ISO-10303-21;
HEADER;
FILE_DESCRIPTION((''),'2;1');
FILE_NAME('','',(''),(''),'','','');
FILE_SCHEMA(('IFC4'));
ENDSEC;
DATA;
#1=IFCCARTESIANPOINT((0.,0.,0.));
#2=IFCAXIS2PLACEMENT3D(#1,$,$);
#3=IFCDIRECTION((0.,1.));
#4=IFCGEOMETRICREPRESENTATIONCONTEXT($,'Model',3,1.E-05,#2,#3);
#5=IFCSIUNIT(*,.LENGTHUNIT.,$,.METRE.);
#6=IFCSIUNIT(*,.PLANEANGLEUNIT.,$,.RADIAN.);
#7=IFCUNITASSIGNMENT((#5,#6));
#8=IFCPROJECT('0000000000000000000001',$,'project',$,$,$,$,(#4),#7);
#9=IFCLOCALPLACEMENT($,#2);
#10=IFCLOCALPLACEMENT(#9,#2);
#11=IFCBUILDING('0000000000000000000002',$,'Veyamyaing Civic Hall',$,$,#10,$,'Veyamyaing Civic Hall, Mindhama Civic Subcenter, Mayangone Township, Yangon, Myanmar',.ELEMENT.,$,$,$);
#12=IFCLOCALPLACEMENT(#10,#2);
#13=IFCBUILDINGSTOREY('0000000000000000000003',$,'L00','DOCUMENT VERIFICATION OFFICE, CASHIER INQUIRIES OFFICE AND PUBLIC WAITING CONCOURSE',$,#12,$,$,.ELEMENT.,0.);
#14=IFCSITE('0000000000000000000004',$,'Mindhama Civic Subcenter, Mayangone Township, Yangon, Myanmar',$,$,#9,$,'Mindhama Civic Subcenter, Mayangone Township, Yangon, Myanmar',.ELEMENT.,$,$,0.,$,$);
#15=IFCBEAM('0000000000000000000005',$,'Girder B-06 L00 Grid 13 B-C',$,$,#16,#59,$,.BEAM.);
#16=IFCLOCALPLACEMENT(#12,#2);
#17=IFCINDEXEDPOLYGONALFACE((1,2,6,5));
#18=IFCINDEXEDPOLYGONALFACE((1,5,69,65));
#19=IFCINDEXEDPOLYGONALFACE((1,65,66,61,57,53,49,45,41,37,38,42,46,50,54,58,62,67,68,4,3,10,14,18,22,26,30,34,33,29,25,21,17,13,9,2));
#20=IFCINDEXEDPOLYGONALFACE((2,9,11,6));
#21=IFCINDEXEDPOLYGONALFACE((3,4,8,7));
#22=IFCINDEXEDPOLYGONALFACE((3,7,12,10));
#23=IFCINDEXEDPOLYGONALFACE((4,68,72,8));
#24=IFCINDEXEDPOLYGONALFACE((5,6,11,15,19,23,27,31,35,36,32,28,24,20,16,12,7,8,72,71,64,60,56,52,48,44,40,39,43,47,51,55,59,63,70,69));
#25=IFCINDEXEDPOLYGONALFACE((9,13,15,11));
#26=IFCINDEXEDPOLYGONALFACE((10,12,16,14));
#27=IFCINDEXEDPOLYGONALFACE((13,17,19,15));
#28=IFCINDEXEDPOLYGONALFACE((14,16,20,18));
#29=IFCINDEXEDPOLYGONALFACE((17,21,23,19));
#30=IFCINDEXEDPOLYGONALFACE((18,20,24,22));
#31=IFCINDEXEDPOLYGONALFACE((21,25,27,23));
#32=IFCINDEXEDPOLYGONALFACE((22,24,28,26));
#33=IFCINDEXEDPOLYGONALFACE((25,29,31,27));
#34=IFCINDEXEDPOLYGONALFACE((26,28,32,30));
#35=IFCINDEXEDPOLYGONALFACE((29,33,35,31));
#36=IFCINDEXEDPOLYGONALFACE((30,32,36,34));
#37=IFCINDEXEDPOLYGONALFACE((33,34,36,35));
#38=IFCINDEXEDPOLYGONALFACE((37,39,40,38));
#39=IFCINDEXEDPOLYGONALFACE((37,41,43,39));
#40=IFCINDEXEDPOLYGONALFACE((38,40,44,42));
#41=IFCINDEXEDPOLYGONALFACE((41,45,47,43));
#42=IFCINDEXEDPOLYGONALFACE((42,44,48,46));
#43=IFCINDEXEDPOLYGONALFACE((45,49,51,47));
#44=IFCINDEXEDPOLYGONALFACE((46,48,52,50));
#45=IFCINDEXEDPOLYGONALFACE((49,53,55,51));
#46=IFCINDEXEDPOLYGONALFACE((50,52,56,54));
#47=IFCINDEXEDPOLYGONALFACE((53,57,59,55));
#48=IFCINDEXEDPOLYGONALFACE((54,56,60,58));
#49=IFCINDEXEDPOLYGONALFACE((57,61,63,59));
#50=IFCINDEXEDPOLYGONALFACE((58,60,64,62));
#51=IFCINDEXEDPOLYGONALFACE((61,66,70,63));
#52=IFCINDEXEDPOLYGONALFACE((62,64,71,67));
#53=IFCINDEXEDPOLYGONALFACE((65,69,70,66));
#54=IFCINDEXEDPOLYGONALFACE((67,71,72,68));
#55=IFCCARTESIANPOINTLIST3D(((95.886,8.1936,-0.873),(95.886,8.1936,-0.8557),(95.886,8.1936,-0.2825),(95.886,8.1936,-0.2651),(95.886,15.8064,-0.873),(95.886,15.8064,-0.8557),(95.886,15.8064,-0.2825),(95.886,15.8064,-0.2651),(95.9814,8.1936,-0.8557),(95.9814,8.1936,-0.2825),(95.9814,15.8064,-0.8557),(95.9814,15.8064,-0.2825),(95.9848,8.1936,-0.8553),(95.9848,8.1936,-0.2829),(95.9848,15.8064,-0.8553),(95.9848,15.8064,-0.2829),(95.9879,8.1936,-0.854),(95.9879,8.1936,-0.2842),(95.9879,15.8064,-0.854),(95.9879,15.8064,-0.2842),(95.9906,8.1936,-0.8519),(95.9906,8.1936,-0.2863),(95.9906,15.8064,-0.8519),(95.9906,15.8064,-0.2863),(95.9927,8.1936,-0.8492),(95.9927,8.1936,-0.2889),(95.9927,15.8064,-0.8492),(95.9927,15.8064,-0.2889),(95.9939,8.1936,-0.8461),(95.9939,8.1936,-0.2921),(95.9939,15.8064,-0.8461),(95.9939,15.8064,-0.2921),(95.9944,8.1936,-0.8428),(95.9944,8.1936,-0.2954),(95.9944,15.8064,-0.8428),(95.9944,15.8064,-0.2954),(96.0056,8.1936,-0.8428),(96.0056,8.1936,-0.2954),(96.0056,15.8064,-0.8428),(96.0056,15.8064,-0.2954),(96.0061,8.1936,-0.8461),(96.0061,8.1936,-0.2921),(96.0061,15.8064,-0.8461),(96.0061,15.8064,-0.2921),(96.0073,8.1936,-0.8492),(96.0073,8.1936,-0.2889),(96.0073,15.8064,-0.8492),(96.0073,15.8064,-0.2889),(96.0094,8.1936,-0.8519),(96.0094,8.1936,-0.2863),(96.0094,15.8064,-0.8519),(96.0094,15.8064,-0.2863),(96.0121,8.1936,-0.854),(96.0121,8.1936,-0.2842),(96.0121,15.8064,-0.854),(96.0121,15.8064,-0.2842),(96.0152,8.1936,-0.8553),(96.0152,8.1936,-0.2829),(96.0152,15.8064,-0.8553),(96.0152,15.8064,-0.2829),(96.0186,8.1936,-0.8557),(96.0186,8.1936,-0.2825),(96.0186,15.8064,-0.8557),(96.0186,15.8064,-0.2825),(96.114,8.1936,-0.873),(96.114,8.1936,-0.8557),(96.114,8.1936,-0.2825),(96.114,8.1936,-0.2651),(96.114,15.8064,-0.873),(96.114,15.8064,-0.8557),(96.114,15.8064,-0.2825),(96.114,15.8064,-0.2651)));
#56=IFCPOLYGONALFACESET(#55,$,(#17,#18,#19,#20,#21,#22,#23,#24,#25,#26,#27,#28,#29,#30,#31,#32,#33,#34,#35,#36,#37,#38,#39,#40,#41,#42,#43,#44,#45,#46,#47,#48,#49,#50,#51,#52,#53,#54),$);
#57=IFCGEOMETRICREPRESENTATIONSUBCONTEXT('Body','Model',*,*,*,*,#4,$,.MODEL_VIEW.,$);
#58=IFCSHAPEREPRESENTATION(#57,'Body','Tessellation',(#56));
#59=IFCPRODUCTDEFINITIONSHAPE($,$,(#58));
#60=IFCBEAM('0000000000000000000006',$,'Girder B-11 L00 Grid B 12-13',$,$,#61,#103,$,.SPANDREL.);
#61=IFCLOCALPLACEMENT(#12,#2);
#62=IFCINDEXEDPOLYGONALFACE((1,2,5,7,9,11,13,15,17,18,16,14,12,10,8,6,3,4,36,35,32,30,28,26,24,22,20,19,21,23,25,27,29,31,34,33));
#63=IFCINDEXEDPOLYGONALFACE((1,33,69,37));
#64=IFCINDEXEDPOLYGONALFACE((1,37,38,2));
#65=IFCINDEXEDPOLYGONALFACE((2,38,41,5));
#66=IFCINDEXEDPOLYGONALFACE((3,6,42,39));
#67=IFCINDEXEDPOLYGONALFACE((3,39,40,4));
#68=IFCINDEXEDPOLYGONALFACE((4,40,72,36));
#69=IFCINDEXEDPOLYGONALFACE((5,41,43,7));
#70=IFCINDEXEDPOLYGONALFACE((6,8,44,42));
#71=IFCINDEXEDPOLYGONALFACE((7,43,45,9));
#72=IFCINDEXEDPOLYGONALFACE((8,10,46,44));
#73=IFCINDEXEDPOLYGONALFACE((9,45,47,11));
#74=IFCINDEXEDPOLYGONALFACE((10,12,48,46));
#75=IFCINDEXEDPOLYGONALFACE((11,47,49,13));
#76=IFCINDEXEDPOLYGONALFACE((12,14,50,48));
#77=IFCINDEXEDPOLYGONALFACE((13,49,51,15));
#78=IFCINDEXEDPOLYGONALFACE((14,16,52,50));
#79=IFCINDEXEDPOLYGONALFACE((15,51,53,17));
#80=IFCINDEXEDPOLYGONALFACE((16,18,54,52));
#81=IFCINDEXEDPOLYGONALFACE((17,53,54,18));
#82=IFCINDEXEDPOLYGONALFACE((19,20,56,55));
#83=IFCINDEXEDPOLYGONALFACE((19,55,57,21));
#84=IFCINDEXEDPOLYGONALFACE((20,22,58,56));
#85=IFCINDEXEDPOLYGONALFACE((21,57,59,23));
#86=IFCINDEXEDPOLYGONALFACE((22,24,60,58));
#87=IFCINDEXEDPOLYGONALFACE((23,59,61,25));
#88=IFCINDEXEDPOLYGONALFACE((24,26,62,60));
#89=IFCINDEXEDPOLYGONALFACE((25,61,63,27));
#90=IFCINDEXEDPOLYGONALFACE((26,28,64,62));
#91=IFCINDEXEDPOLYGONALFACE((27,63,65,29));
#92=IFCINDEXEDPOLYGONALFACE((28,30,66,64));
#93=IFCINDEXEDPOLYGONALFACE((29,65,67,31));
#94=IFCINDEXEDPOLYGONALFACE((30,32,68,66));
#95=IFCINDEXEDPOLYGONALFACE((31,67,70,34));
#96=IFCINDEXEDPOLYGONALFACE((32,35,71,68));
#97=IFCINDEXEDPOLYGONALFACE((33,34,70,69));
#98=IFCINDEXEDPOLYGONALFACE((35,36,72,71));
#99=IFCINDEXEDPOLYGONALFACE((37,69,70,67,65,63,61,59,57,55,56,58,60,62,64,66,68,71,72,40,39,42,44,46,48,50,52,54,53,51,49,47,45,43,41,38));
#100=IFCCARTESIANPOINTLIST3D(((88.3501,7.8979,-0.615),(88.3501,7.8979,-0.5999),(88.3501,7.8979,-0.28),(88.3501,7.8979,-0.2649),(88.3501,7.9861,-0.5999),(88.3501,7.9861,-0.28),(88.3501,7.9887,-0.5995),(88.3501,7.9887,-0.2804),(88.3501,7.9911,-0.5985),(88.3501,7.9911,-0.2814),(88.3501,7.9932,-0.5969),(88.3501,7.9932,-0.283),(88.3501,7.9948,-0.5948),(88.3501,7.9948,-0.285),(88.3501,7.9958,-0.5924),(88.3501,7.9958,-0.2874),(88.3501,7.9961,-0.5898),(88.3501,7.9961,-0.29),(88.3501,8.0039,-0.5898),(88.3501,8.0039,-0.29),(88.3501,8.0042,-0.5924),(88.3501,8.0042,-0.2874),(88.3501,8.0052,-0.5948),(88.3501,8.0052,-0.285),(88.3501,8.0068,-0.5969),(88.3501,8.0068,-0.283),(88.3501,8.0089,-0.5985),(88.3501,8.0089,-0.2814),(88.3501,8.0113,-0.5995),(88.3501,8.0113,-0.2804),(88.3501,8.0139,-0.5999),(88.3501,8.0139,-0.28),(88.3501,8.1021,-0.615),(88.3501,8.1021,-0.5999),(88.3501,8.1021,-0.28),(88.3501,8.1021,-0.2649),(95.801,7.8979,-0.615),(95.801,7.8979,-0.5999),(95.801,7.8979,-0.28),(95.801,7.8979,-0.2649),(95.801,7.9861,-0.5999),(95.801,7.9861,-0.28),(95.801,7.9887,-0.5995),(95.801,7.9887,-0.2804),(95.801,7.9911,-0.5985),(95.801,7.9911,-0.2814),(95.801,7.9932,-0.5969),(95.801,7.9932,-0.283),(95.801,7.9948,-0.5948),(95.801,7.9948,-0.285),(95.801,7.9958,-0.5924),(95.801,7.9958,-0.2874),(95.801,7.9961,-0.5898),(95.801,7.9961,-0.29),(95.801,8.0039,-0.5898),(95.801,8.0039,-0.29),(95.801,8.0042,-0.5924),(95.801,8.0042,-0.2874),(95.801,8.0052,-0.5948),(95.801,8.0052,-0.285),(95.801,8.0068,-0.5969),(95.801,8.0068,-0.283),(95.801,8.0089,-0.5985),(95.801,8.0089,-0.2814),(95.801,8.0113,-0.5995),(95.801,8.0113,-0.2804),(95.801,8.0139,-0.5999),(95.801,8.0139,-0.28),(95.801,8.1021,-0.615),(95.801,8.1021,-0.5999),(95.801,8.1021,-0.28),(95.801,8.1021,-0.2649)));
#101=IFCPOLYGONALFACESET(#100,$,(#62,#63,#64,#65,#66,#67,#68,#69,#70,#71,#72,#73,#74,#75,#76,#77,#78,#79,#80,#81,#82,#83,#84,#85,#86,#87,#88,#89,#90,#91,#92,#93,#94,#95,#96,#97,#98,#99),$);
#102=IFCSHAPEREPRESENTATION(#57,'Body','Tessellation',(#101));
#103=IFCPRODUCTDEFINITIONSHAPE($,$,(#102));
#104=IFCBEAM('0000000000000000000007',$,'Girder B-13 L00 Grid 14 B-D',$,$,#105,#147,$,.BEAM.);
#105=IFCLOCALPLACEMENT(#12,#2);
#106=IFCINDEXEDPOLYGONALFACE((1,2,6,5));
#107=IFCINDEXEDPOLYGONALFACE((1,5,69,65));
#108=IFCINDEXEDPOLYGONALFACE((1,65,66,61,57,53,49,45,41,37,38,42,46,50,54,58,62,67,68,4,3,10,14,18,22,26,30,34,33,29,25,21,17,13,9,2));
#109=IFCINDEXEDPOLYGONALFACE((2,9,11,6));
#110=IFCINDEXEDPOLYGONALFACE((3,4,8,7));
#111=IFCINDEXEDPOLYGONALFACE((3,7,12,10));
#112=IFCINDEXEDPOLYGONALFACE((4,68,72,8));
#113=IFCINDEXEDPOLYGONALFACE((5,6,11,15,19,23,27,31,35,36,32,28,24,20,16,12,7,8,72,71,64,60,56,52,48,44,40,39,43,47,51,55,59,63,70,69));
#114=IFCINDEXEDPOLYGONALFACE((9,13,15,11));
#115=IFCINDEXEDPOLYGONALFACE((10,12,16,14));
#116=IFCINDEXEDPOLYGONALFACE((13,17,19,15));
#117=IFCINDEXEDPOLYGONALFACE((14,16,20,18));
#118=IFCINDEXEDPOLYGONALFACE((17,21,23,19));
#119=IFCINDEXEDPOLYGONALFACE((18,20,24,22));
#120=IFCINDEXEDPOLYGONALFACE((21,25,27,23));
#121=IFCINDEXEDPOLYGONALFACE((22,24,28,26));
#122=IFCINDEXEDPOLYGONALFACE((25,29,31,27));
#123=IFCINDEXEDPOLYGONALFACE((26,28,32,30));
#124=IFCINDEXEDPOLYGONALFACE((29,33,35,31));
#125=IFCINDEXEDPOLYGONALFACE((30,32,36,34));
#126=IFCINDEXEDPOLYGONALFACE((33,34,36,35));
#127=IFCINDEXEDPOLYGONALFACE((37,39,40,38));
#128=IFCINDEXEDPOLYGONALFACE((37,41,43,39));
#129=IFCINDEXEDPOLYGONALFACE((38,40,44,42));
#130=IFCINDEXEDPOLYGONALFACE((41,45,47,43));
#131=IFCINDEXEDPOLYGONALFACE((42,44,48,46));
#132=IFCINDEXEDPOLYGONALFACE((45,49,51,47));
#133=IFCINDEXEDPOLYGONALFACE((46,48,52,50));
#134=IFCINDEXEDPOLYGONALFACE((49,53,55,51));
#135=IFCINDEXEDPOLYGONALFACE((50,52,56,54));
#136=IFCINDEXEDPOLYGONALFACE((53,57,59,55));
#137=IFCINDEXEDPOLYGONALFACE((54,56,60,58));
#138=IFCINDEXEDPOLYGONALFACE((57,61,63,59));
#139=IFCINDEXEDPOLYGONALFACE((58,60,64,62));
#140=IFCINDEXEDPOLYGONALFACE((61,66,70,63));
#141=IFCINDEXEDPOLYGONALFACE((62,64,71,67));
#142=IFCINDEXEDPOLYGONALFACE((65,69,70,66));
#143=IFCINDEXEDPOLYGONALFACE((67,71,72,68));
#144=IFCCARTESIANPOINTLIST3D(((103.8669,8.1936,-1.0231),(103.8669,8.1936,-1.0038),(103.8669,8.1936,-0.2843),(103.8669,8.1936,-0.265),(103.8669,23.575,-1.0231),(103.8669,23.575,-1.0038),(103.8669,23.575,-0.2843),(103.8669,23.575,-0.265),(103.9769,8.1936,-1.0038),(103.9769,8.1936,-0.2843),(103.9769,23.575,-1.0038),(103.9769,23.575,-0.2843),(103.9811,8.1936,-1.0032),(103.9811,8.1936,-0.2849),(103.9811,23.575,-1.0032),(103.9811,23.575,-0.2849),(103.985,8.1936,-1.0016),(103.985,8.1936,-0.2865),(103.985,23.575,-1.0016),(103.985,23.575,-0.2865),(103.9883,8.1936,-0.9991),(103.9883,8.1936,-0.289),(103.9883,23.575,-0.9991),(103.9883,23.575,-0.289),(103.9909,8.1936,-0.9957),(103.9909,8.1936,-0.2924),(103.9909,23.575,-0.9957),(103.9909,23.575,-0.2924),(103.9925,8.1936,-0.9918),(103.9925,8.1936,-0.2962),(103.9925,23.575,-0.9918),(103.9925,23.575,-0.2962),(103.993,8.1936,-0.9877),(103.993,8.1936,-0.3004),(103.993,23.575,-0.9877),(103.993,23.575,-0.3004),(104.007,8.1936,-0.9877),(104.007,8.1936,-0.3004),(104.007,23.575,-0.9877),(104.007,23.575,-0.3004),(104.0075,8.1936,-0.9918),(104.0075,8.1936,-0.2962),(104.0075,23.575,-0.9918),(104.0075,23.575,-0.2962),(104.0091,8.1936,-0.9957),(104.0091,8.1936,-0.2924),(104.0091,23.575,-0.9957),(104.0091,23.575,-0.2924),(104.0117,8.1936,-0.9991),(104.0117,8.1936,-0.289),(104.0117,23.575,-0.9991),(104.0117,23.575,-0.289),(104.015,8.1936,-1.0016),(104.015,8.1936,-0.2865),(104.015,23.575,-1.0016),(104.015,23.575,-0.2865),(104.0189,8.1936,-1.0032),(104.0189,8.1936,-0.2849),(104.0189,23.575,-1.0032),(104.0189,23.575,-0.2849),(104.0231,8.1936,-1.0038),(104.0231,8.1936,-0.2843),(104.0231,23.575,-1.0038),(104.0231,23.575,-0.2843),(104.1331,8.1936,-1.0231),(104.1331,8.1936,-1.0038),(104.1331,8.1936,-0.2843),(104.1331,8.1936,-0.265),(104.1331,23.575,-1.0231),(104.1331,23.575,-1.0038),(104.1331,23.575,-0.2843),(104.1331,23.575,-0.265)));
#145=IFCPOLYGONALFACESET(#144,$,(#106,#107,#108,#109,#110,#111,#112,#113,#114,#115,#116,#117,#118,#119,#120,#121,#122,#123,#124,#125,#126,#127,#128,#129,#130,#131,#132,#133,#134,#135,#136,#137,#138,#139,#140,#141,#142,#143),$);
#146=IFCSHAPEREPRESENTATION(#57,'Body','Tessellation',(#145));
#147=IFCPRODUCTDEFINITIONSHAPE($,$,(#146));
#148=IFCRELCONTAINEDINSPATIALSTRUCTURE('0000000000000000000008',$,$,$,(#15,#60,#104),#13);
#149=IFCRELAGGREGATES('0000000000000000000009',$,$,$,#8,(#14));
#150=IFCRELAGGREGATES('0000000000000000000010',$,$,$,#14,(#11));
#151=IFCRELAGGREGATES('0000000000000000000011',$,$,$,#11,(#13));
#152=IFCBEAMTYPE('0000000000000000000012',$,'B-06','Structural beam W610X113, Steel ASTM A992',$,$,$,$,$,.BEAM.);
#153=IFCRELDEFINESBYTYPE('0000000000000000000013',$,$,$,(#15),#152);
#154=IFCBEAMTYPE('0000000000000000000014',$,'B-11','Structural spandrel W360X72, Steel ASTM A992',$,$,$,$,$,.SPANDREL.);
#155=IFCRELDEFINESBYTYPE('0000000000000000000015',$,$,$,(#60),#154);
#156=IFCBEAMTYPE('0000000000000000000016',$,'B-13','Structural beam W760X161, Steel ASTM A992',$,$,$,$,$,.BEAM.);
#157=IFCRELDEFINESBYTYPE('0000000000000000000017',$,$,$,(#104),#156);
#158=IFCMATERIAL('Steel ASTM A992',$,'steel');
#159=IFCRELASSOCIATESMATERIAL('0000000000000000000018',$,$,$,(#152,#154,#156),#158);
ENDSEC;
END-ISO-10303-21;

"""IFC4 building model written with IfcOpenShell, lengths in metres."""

from ifc_helpers import new_model, si_unit, direction, frame, origin, origin_2d, place, context, subcontext, project, spatial, i_section, extrude, material, material_profile, profile_set, type_object, element, save


model = new_model("IFC4")

# Units and contexts
model_context = context("Model", 3, precision=1e-05, world=origin(), true_north=direction((0.0, 1.0)))
body_context = subcontext(model_context, "Body", "Model", "MODEL_VIEW")
ifc_project = project(units=[si_unit("LENGTHUNIT", "METRE"), si_unit("PLANEANGLEUNIT", "RADIAN")], contexts=[model_context])

# Site, building, storey
site_placement = place(None, origin())
site = spatial("IfcSite", under=ifc_project, at=site_placement, Name="Mindhama Civic Subcenter, Mayangone Township, Yangon, Myanmar", LongName="Mindhama Civic Subcenter, Mayangone Township, Yangon, Myanmar", CompositionType="ELEMENT", RefElevation=0.0)
building_placement = place(site_placement, origin())
building = spatial("IfcBuilding", under=site, at=building_placement, Name="Veyamyaing Civic Hall", LongName="Veyamyaing Civic Hall, Mindhama Civic Subcenter, Mayangone Township, Yangon, Myanmar", CompositionType="ELEMENT")
storey_placement = place(building_placement, origin())
storey = spatial("IfcBuildingStorey", under=building, at=storey_placement, Name="L00", Description="DOCUMENT VERIFICATION OFFICE, CASHIER INQUIRIES OFFICE AND PUBLIC WAITING CONCOURSE", CompositionType="ELEMENT", Elevation=0.0)

# Beams
ifc_material_1 = material(Name="Steel ASTM A992", Category="steel")
ifc_material_profile_1 = material_profile(ifc_material_1, i_section(OverallWidth=0.228, OverallDepth=0.6079, WebThickness=0.0112, FlangeThickness=0.0173, FilletRadius=0.0129, at=origin_2d()), Name="W610X113")
ifc_profile_set_1 = profile_set([ifc_material_profile_1], Name="Steel ASTM A992")
beam_type_1 = type_object("IfcBeamType", Name="B-06", Description="Structural beam W610X113, Steel ASTM A992", PredefinedType="BEAM", material=ifc_profile_set_1)
beam_1_placement = place(storey_placement, frame((96.0, 8.1936, -0.5691), z_axis=(0.0, 1.0, 0.0), x_axis=(-1.0, 0.0, 0.0)))
element("IfcBeam", 1, at=beam_1_placement, inside=storey, type_object=beam_type_1, Name="Girder B-06 L00 Grid 13 B-C", PredefinedType="BEAM", context=body_context, shape_type="SweptSolid", body=[
    extrude(i_section(OverallWidth=0.228, OverallDepth=0.6079, WebThickness=0.0112, FlangeThickness=0.0173, FilletRadius=0.0129, at=origin_2d()), origin(), (0.0, 0.0, 1.0), 7.6128),
])
ifc_material_profile_2 = material_profile(ifc_material_1, i_section(OverallWidth=0.2041, OverallDepth=0.3501, WebThickness=0.0078, FlangeThickness=0.0151, FilletRadius=0.01, at=origin_2d()), Name="W360X72")
ifc_profile_set_2 = profile_set([ifc_material_profile_2], Name="Steel ASTM A992")
beam_type_2 = type_object("IfcBeamType", Name="B-11", Description="Structural spandrel W360X72, Steel ASTM A992", PredefinedType="SPANDREL", material=ifc_profile_set_2)
beam_2_placement = place(storey_placement, frame((88.3501, 8.0, -0.4399), z_axis=(1.0, 0.0, 0.0), x_axis=(0.0, 1.0, 0.0)))
element("IfcBeam", 2, at=beam_2_placement, inside=storey, type_object=beam_type_2, Name="Girder B-11 L00 Grid B 12-13", PredefinedType="SPANDREL", context=body_context, shape_type="SweptSolid", body=[
    extrude(i_section(OverallWidth=0.2041, OverallDepth=0.3501, WebThickness=0.0078, FlangeThickness=0.0151, FilletRadius=0.01, at=origin_2d()), origin(), (0.0, 0.0, 1.0), 7.4509),
])
ifc_material_profile_3 = material_profile(ifc_material_1, i_section(OverallWidth=0.2661, OverallDepth=0.7581, WebThickness=0.0139, FlangeThickness=0.0193, FilletRadius=0.0161, at=origin_2d()), Name="W760X161")
ifc_profile_set_3 = profile_set([ifc_material_profile_3], Name="Steel ASTM A992")
beam_type_3 = type_object("IfcBeamType", Name="B-13", Description="Structural beam W760X161, Steel ASTM A992", PredefinedType="BEAM", material=ifc_profile_set_3)
beam_3_placement = place(storey_placement, frame((104.0, 8.1936, -0.644), z_axis=(0.0, 1.0, 0.0), x_axis=(-1.0, 0.0, 0.0)))
element("IfcBeam", 3, at=beam_3_placement, inside=storey, type_object=beam_type_3, Name="Girder B-13 L00 Grid 14 B-D", PredefinedType="BEAM", context=body_context, shape_type="SweptSolid", body=[
    extrude(i_section(OverallWidth=0.2661, OverallDepth=0.7581, WebThickness=0.0139, FlangeThickness=0.0193, FilletRadius=0.0161, at=origin_2d()), origin(), (0.0, 0.0, 1.0), 15.3813),
])

save(model, "model.ifc")
